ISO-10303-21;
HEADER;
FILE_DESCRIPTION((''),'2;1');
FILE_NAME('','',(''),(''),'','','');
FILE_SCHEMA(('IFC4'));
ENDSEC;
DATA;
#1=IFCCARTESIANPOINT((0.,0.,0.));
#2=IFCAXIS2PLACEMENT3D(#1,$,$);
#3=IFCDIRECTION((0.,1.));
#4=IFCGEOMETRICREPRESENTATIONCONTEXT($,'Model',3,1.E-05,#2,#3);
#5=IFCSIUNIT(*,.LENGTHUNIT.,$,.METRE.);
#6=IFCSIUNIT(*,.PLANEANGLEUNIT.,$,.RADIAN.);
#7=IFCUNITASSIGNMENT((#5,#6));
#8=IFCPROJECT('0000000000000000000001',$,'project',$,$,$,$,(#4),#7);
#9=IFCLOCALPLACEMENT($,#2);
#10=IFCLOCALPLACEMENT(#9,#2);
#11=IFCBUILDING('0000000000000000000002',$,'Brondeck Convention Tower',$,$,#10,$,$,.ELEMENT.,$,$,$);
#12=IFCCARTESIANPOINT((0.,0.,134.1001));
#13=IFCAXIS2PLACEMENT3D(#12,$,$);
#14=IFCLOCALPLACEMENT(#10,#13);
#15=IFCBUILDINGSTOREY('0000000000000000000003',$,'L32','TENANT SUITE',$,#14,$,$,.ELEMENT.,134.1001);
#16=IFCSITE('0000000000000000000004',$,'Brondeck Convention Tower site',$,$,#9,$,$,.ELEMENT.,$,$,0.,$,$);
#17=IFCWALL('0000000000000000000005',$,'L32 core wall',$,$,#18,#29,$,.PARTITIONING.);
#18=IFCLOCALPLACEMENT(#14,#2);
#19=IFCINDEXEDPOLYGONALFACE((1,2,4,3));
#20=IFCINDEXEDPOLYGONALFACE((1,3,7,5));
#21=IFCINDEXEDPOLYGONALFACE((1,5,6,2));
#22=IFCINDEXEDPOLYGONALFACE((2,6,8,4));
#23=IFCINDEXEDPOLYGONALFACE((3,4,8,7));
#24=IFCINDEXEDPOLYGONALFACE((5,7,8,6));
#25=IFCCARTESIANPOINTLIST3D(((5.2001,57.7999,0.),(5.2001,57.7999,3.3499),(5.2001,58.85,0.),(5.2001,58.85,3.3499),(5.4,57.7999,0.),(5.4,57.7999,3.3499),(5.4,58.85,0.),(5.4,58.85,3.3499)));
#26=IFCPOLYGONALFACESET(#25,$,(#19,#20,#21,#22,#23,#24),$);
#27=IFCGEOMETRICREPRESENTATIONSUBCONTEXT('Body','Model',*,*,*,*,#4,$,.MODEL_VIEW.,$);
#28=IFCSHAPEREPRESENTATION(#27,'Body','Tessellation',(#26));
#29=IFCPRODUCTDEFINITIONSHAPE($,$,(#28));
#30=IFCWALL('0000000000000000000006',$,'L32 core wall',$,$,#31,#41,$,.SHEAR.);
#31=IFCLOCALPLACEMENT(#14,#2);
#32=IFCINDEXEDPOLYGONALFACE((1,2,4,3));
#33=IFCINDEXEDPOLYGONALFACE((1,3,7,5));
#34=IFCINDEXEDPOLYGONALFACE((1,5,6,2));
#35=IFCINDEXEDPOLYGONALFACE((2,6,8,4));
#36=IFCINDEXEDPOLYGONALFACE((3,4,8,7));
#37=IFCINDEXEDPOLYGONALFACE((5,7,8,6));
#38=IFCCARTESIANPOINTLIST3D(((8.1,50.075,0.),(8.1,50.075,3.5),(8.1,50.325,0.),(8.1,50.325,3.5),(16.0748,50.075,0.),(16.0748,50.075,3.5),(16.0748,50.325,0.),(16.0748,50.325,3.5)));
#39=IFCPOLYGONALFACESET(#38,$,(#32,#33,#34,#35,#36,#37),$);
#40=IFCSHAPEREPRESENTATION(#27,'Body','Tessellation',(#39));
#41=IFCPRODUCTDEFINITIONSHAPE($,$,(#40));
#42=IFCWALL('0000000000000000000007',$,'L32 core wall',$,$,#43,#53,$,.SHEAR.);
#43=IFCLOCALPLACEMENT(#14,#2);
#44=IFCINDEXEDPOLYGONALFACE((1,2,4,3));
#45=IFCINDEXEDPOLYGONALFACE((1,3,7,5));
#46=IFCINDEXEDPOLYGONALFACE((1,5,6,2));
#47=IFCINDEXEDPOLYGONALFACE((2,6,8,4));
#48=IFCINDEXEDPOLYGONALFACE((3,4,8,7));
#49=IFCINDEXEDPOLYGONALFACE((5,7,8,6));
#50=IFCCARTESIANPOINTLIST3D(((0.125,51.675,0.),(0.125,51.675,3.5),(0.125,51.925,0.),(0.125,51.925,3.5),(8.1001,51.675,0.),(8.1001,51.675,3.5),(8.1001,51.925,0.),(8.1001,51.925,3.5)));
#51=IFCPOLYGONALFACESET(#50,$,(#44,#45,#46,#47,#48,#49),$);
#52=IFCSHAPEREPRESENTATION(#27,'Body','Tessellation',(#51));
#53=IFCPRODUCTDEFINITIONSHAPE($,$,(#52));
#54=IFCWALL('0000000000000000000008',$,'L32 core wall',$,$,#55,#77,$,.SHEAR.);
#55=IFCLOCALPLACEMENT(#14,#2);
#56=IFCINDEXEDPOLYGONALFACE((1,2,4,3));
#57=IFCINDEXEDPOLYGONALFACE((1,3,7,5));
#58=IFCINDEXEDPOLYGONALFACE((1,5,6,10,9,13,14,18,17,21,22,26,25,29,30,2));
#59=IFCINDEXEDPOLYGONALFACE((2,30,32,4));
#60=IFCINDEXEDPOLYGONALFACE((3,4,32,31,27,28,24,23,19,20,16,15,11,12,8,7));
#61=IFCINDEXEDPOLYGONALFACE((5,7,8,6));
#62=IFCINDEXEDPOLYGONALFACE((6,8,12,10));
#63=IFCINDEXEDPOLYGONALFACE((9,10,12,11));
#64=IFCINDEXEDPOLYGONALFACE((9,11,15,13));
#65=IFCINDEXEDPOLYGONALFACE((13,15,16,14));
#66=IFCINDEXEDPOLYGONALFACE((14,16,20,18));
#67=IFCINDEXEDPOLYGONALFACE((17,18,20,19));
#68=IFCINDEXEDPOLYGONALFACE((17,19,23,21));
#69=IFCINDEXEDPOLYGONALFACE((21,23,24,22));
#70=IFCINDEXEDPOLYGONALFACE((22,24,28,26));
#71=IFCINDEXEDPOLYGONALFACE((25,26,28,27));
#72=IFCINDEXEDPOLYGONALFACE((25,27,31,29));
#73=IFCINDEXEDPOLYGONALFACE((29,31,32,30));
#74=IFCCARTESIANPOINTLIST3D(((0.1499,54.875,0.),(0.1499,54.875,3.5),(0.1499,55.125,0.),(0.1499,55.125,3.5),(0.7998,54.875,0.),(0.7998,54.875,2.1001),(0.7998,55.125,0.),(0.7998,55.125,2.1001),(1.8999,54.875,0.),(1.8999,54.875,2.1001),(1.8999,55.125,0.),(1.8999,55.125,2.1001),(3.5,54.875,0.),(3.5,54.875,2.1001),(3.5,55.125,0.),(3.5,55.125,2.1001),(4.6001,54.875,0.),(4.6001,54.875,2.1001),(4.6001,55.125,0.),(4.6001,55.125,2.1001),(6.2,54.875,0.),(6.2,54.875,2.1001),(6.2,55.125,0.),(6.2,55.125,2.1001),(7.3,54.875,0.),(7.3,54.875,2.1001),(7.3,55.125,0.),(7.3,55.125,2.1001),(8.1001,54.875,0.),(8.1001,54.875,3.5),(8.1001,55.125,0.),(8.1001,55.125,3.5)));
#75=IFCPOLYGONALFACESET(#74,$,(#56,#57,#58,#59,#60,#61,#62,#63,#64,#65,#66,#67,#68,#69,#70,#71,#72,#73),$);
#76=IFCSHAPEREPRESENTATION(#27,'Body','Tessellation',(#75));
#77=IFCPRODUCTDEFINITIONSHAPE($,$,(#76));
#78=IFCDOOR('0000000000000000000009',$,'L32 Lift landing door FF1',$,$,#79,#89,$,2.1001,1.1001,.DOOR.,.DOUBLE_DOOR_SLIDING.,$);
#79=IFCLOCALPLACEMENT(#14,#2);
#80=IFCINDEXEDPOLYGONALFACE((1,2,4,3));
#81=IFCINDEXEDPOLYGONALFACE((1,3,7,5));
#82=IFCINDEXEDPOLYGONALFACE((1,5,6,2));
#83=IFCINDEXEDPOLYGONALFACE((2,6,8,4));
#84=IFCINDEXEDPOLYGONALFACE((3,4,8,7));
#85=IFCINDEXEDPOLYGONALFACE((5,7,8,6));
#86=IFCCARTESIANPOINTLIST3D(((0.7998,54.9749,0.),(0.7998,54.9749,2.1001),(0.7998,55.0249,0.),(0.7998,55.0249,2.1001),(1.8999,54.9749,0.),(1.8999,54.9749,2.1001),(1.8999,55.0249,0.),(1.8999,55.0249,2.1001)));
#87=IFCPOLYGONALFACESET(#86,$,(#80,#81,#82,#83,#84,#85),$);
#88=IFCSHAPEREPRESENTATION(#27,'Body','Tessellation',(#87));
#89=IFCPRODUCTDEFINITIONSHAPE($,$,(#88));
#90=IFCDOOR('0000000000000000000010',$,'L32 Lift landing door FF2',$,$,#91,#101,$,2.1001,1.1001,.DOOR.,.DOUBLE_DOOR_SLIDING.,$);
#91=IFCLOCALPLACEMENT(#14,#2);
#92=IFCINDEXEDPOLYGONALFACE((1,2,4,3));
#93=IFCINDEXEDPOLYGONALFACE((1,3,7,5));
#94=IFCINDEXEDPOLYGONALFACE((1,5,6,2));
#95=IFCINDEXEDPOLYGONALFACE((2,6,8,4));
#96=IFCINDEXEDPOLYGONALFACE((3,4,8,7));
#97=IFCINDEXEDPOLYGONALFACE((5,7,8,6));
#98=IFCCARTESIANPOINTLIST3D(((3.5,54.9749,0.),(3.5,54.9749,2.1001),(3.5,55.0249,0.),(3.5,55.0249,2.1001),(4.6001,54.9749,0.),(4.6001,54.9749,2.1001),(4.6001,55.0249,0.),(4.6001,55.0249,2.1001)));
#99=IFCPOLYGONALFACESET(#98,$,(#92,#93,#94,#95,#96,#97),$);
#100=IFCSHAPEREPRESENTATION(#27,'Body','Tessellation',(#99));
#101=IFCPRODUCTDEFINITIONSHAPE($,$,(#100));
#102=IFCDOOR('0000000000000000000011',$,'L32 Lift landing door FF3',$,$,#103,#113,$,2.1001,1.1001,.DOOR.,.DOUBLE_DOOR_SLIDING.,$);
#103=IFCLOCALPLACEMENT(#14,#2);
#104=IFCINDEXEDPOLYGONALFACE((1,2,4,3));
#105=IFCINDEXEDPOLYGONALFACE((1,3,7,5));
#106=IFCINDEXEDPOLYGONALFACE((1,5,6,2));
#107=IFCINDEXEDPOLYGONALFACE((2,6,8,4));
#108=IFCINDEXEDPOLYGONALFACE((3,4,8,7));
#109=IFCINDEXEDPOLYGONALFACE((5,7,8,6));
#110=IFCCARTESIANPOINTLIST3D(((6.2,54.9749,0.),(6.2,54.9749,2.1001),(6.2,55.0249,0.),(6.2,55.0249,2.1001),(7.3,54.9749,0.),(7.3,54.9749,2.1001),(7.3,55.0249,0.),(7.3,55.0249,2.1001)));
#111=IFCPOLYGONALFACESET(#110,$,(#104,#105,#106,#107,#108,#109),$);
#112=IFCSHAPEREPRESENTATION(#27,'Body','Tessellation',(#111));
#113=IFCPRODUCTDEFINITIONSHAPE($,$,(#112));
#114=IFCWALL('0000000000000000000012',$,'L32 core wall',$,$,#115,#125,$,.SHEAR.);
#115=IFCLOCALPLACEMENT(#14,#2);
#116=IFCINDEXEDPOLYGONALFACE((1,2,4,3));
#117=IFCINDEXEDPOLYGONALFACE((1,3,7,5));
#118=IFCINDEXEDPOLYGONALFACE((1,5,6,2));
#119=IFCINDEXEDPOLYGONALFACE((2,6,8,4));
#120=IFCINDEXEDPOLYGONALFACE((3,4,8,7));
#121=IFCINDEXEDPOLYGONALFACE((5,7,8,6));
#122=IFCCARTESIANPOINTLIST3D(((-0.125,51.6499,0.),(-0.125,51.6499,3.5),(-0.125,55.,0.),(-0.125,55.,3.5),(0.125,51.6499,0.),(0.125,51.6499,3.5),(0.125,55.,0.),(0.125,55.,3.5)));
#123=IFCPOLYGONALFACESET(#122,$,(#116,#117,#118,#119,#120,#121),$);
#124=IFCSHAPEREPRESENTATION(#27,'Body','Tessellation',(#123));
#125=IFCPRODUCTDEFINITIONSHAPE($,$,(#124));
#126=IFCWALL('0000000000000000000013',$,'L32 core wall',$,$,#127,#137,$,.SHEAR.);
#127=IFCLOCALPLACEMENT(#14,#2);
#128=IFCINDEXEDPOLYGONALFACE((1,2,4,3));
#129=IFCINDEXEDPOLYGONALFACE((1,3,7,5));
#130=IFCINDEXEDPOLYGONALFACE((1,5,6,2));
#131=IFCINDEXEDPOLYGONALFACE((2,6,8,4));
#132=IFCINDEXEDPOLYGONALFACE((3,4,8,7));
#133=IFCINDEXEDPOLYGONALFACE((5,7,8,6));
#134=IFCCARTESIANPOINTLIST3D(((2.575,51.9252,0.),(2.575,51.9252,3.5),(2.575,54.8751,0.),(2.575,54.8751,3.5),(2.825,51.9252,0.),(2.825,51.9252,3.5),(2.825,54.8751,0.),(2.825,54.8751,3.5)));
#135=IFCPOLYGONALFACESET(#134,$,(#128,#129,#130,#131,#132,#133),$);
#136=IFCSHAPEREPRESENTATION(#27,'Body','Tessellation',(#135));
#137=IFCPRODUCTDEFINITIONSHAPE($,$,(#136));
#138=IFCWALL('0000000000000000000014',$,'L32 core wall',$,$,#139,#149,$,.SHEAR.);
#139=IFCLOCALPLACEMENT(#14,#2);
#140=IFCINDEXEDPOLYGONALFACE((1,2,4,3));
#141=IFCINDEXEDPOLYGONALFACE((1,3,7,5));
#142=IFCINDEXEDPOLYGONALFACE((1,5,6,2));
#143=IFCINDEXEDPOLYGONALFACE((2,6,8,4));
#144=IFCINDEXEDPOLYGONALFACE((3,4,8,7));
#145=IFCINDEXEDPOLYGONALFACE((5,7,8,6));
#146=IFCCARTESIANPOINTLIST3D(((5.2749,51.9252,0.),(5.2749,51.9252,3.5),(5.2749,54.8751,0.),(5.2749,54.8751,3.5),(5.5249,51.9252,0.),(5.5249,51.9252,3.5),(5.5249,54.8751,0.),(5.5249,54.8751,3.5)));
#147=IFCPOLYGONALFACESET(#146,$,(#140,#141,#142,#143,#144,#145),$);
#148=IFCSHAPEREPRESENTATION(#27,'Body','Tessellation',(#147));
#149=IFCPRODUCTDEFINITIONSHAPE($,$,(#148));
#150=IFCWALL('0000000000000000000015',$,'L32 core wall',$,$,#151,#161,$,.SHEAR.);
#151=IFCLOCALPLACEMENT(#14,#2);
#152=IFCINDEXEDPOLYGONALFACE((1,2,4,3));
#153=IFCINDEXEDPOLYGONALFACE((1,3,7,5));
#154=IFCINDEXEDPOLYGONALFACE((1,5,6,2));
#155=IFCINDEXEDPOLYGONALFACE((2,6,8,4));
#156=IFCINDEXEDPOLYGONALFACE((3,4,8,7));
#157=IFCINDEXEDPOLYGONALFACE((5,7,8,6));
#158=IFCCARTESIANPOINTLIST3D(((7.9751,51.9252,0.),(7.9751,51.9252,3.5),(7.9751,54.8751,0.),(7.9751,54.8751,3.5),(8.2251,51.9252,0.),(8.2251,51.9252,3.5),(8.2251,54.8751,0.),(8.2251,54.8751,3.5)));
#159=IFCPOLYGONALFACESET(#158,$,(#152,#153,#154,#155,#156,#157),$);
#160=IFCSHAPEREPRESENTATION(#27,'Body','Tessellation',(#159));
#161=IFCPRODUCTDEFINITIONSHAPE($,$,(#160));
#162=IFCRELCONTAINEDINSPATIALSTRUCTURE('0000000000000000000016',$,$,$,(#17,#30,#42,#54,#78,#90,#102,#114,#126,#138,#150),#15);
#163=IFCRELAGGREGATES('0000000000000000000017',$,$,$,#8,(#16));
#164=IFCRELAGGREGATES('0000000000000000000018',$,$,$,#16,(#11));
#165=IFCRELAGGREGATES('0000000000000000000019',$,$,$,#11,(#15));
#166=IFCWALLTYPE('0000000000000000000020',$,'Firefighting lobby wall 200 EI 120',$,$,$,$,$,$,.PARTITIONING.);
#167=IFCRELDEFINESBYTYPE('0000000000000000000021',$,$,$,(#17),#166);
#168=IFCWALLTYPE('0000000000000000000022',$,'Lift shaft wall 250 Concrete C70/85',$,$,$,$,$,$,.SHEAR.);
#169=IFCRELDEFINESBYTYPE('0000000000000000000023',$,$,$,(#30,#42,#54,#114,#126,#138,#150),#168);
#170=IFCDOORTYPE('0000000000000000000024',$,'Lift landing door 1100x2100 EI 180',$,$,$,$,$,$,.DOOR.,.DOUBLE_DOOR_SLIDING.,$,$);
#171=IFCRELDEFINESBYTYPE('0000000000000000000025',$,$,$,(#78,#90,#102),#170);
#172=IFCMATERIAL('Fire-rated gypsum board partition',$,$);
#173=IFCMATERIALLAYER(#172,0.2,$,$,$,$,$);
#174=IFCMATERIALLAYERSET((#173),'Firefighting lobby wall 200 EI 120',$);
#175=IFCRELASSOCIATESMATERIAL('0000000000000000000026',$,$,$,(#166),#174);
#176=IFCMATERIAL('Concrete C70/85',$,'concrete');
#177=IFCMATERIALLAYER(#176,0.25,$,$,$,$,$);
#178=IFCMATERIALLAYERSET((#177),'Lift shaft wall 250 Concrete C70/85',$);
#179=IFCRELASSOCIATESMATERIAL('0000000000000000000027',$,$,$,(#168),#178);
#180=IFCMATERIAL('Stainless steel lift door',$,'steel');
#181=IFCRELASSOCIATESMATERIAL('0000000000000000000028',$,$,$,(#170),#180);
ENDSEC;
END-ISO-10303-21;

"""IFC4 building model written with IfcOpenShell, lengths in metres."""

from ifc_helpers import new_model, si_unit, direction, frame, frame_2d, origin, place, context, subcontext, project, spatial, rectangle, extrude, material, layer, layer_set, type_object, element, fill, save


model = new_model("IFC4")

# Units and contexts
model_context = context("Model", 3, precision=1e-05, world=origin(), true_north=direction((0.0, 1.0)))
body_context = subcontext(model_context, "Body", "Model", "MODEL_VIEW")
ifc_project = project(units=[si_unit("LENGTHUNIT", "METRE"), si_unit("PLANEANGLEUNIT", "RADIAN")], contexts=[model_context])

# Site, building, storey
site_placement = place(None, origin())
site = spatial("IfcSite", under=ifc_project, at=site_placement, Name="Brondeck Convention Tower site", CompositionType="ELEMENT", RefElevation=0.0)
building_placement = place(site_placement, origin())
building = spatial("IfcBuilding", under=site, at=building_placement, Name="Brondeck Convention Tower", CompositionType="ELEMENT")
storey_placement = place(building_placement, frame((0.0, 0.0, 134.1001)))
storey = spatial("IfcBuildingStorey", under=building, at=storey_placement, Name="L32", Description="TENANT SUITE", CompositionType="ELEMENT", Elevation=134.1001)

# Shared definitions
ifc_material_1 = material(Name="Concrete C70/85", Category="concrete")

# Shared definitions
ifc_material_2 = material(Name="Fire-rated gypsum board partition")

# Shared definitions
ifc_layer_1 = layer(ifc_material_2, 0.2)
ifc_layer_set_1 = layer_set([ifc_layer_1], Name="Firefighting lobby wall 200 EI 120")
wall_type_1 = type_object("IfcWallType", Name="Firefighting lobby wall 200 EI 120", PredefinedType="PARTITIONING", material=ifc_layer_set_1)

# Walls
wall_1_placement = place(storey_placement, frame((5.3, 57.8, 0.0), z_axis=(0.0, 0.0, 1.0), x_axis=(0.0, 1.0, 0.0)))
element("IfcWall", 1, at=wall_1_placement, inside=storey, type_object=wall_type_1, Name="L32 core wall", PredefinedType="PARTITIONING", context=body_context, shape_type="SweptSolid", body=[
    extrude(rectangle(XDim=1.05, YDim=0.2, at=frame_2d((0.5249, 0.0))), origin(), (0.0, 0.0, 1.0), 3.3499),
])
ifc_layer_2 = layer(ifc_material_1, 0.25)
ifc_layer_set_2 = layer_set([ifc_layer_2], Name="Lift shaft wall 250 Concrete C70/85")
wall_type_2 = type_object("IfcWallType", Name="Lift shaft wall 250 Concrete C70/85", PredefinedType="SHEAR", material=ifc_layer_set_2)
wall_2_placement = place(storey_placement, frame((8.1001, 50.2, 0.0), z_axis=(0.0, 0.0, 1.0), x_axis=(1.0, 0.0, 0.0)))
element("IfcWall", 2, at=wall_2_placement, inside=storey, type_object=wall_type_2, Name="L32 core wall", PredefinedType="SHEAR", context=body_context, shape_type="SweptSolid", body=[
    extrude(rectangle(XDim=7.9749, YDim=0.25, at=frame_2d((3.9873, 0.0))), origin(), (0.0, 0.0, 1.0), 3.5),
])
wall_3_placement = place(storey_placement, frame((0.125, 51.8, 0.0), z_axis=(0.0, 0.0, 1.0), x_axis=(1.0, 0.0, 0.0)))
element("IfcWall", 3, at=wall_3_placement, inside=storey, type_object=wall_type_2, Name="L32 core wall", PredefinedType="SHEAR", context=body_context, shape_type="SweptSolid", body=[
    extrude(rectangle(XDim=7.9751, YDim=0.25, at=frame_2d((3.9875, 0.0))), origin(), (0.0, 0.0, 1.0), 3.5),
])

# Wall, openings, doors
wall_4_placement = place(storey_placement, frame((0.1499, 55.0, 0.0), z_axis=(0.0, 0.0, 1.0), x_axis=(1.0, 0.0, 0.0)))
wall_4 = element("IfcWall", 4, at=wall_4_placement, inside=storey, type_object=wall_type_2, Name="L32 core wall", PredefinedType="SHEAR", context=body_context, shape_type="SweptSolid", body=[
    extrude(rectangle(XDim=7.9502, YDim=0.25, at=frame_2d((3.9751, 0.0))), origin(), (0.0, 0.0, 1.0), 3.5),
])
opening_1_placement = place(wall_4_placement, frame((0.6499, 0.0, 0.0)))
opening_1 = element("IfcOpeningElement", 5, at=opening_1_placement, cuts=wall_4, PredefinedType="OPENING", context=body_context, shape_type="SweptSolid", body=[
    extrude(rectangle(XDim=1.1001, YDim=2.1001, at=frame_2d((0.55, 1.05))), frame((0.0, 0.135, 0.0), z_axis=(0.0, -1.0, 0.0), x_axis=(1.0, 0.0, 0.0)), (0.0, 0.0, 1.0), 0.27),
])
opening_2_placement = place(wall_4_placement, frame((3.3501, 0.0, 0.0)))
opening_2 = element("IfcOpeningElement", 6, at=opening_2_placement, cuts=wall_4, PredefinedType="OPENING", context=body_context, shape_type="SweptSolid", body=[
    extrude(rectangle(XDim=1.1001, YDim=2.1001, at=frame_2d((0.55, 1.05))), frame((0.0, 0.135, 0.0), z_axis=(0.0, -1.0, 0.0), x_axis=(1.0, 0.0, 0.0)), (0.0, 0.0, 1.0), 0.27),
])
opening_3_placement = place(wall_4_placement, frame((6.05, 0.0, 0.0)))
opening_3 = element("IfcOpeningElement", 7, at=opening_3_placement, cuts=wall_4, PredefinedType="OPENING", context=body_context, shape_type="SweptSolid", body=[
    extrude(rectangle(XDim=1.1001, YDim=2.1001, at=frame_2d((0.55, 1.05))), frame((0.0, 0.135, 0.0), z_axis=(0.0, -1.0, 0.0), x_axis=(1.0, 0.0, 0.0)), (0.0, 0.0, 1.0), 0.27),
])
ifc_material_3 = material(Name="Stainless steel lift door", Category="steel")
door_type_1 = type_object("IfcDoorType", Name="Lift landing door 1100x2100 EI 180", OperationType="DOUBLE_DOOR_SLIDING", PredefinedType="DOOR", material=ifc_material_3)
door_1_placement = place(opening_1_placement, origin())
door_1 = element("IfcDoor", 8, at=door_1_placement, inside=storey, type_object=door_type_1, Name="L32 Lift landing door FF1", OperationType="DOUBLE_DOOR_SLIDING", OverallHeight=2.1001, OverallWidth=1.1001, PredefinedType="DOOR", context=body_context, shape_type="SweptSolid", body=[
    extrude(rectangle(XDim=1.1001, YDim=2.1001, at=frame_2d((0.55, 1.05))), frame((0.0, 0.0249, 0.0), z_axis=(0.0, -1.0, 0.0), x_axis=(1.0, 0.0, 0.0)), (0.0, 0.0, 1.0), 0.05),
])
fill(opening_1, door_1)
door_2_placement = place(opening_2_placement, origin())
door_2 = element("IfcDoor", 9, at=door_2_placement, inside=storey, type_object=door_type_1, Name="L32 Lift landing door FF2", OperationType="DOUBLE_DOOR_SLIDING", OverallHeight=2.1001, OverallWidth=1.1001, PredefinedType="DOOR", context=body_context, shape_type="SweptSolid", body=[
    extrude(rectangle(XDim=1.1001, YDim=2.1001, at=frame_2d((0.55, 1.05))), frame((0.0, 0.0249, 0.0), z_axis=(0.0, -1.0, 0.0), x_axis=(1.0, 0.0, 0.0)), (0.0, 0.0, 1.0), 0.05),
])
fill(opening_2, door_2)
door_3_placement = place(opening_3_placement, origin())
door_3 = element("IfcDoor", 10, at=door_3_placement, inside=storey, type_object=door_type_1, Name="L32 Lift landing door FF3", OperationType="DOUBLE_DOOR_SLIDING", OverallHeight=2.1001, OverallWidth=1.1001, PredefinedType="DOOR", context=body_context, shape_type="SweptSolid", body=[
    extrude(rectangle(XDim=1.1001, YDim=2.1001, at=frame_2d((0.55, 1.05))), frame((0.0, 0.0249, 0.0), z_axis=(0.0, -1.0, 0.0), x_axis=(1.0, 0.0, 0.0)), (0.0, 0.0, 1.0), 0.05),
])
fill(opening_3, door_3)

# Walls
wall_5_placement = place(storey_placement, frame((0.0, 51.6499, 0.0), z_axis=(0.0, 0.0, 1.0), x_axis=(0.0, 1.0, 0.0)))
element("IfcWall", 11, at=wall_5_placement, inside=storey, type_object=wall_type_2, Name="L32 core wall", PredefinedType="SHEAR", context=body_context, shape_type="SweptSolid", body=[
    extrude(rectangle(XDim=3.3501, YDim=0.25, at=frame_2d((1.675, 0.0))), origin(), (0.0, 0.0, 1.0), 3.5),
])
for number, where, z_axis, x_axis, name in (
    (12, (2.7, 51.925, 0.0), (0.0, 0.0, 1.0), (0.0, 1.0, 0.0), "L32 core wall"),
    (13, (5.3999, 51.925, 0.0), (0.0, 0.0, 1.0), (0.0, 1.0, 0.0), "L32 core wall"),
    (14, (8.1001, 51.925, 0.0), (0.0, 0.0, 1.0), (0.0, 1.0, 0.0), "L32 core wall"),
):
    element("IfcWall", number, at=place(storey_placement, frame(where, z_axis=z_axis, x_axis=x_axis)), inside=storey, type_object=wall_type_2, Name=name, PredefinedType="SHEAR", context=body_context, shape_type="SweptSolid", body=[
        extrude(rectangle(XDim=2.95, YDim=0.25, at=frame_2d((1.4751, 0.0))), origin(), (0.0, 0.0, 1.0), 3.5),
    ])

save(model, "model.ifc")
